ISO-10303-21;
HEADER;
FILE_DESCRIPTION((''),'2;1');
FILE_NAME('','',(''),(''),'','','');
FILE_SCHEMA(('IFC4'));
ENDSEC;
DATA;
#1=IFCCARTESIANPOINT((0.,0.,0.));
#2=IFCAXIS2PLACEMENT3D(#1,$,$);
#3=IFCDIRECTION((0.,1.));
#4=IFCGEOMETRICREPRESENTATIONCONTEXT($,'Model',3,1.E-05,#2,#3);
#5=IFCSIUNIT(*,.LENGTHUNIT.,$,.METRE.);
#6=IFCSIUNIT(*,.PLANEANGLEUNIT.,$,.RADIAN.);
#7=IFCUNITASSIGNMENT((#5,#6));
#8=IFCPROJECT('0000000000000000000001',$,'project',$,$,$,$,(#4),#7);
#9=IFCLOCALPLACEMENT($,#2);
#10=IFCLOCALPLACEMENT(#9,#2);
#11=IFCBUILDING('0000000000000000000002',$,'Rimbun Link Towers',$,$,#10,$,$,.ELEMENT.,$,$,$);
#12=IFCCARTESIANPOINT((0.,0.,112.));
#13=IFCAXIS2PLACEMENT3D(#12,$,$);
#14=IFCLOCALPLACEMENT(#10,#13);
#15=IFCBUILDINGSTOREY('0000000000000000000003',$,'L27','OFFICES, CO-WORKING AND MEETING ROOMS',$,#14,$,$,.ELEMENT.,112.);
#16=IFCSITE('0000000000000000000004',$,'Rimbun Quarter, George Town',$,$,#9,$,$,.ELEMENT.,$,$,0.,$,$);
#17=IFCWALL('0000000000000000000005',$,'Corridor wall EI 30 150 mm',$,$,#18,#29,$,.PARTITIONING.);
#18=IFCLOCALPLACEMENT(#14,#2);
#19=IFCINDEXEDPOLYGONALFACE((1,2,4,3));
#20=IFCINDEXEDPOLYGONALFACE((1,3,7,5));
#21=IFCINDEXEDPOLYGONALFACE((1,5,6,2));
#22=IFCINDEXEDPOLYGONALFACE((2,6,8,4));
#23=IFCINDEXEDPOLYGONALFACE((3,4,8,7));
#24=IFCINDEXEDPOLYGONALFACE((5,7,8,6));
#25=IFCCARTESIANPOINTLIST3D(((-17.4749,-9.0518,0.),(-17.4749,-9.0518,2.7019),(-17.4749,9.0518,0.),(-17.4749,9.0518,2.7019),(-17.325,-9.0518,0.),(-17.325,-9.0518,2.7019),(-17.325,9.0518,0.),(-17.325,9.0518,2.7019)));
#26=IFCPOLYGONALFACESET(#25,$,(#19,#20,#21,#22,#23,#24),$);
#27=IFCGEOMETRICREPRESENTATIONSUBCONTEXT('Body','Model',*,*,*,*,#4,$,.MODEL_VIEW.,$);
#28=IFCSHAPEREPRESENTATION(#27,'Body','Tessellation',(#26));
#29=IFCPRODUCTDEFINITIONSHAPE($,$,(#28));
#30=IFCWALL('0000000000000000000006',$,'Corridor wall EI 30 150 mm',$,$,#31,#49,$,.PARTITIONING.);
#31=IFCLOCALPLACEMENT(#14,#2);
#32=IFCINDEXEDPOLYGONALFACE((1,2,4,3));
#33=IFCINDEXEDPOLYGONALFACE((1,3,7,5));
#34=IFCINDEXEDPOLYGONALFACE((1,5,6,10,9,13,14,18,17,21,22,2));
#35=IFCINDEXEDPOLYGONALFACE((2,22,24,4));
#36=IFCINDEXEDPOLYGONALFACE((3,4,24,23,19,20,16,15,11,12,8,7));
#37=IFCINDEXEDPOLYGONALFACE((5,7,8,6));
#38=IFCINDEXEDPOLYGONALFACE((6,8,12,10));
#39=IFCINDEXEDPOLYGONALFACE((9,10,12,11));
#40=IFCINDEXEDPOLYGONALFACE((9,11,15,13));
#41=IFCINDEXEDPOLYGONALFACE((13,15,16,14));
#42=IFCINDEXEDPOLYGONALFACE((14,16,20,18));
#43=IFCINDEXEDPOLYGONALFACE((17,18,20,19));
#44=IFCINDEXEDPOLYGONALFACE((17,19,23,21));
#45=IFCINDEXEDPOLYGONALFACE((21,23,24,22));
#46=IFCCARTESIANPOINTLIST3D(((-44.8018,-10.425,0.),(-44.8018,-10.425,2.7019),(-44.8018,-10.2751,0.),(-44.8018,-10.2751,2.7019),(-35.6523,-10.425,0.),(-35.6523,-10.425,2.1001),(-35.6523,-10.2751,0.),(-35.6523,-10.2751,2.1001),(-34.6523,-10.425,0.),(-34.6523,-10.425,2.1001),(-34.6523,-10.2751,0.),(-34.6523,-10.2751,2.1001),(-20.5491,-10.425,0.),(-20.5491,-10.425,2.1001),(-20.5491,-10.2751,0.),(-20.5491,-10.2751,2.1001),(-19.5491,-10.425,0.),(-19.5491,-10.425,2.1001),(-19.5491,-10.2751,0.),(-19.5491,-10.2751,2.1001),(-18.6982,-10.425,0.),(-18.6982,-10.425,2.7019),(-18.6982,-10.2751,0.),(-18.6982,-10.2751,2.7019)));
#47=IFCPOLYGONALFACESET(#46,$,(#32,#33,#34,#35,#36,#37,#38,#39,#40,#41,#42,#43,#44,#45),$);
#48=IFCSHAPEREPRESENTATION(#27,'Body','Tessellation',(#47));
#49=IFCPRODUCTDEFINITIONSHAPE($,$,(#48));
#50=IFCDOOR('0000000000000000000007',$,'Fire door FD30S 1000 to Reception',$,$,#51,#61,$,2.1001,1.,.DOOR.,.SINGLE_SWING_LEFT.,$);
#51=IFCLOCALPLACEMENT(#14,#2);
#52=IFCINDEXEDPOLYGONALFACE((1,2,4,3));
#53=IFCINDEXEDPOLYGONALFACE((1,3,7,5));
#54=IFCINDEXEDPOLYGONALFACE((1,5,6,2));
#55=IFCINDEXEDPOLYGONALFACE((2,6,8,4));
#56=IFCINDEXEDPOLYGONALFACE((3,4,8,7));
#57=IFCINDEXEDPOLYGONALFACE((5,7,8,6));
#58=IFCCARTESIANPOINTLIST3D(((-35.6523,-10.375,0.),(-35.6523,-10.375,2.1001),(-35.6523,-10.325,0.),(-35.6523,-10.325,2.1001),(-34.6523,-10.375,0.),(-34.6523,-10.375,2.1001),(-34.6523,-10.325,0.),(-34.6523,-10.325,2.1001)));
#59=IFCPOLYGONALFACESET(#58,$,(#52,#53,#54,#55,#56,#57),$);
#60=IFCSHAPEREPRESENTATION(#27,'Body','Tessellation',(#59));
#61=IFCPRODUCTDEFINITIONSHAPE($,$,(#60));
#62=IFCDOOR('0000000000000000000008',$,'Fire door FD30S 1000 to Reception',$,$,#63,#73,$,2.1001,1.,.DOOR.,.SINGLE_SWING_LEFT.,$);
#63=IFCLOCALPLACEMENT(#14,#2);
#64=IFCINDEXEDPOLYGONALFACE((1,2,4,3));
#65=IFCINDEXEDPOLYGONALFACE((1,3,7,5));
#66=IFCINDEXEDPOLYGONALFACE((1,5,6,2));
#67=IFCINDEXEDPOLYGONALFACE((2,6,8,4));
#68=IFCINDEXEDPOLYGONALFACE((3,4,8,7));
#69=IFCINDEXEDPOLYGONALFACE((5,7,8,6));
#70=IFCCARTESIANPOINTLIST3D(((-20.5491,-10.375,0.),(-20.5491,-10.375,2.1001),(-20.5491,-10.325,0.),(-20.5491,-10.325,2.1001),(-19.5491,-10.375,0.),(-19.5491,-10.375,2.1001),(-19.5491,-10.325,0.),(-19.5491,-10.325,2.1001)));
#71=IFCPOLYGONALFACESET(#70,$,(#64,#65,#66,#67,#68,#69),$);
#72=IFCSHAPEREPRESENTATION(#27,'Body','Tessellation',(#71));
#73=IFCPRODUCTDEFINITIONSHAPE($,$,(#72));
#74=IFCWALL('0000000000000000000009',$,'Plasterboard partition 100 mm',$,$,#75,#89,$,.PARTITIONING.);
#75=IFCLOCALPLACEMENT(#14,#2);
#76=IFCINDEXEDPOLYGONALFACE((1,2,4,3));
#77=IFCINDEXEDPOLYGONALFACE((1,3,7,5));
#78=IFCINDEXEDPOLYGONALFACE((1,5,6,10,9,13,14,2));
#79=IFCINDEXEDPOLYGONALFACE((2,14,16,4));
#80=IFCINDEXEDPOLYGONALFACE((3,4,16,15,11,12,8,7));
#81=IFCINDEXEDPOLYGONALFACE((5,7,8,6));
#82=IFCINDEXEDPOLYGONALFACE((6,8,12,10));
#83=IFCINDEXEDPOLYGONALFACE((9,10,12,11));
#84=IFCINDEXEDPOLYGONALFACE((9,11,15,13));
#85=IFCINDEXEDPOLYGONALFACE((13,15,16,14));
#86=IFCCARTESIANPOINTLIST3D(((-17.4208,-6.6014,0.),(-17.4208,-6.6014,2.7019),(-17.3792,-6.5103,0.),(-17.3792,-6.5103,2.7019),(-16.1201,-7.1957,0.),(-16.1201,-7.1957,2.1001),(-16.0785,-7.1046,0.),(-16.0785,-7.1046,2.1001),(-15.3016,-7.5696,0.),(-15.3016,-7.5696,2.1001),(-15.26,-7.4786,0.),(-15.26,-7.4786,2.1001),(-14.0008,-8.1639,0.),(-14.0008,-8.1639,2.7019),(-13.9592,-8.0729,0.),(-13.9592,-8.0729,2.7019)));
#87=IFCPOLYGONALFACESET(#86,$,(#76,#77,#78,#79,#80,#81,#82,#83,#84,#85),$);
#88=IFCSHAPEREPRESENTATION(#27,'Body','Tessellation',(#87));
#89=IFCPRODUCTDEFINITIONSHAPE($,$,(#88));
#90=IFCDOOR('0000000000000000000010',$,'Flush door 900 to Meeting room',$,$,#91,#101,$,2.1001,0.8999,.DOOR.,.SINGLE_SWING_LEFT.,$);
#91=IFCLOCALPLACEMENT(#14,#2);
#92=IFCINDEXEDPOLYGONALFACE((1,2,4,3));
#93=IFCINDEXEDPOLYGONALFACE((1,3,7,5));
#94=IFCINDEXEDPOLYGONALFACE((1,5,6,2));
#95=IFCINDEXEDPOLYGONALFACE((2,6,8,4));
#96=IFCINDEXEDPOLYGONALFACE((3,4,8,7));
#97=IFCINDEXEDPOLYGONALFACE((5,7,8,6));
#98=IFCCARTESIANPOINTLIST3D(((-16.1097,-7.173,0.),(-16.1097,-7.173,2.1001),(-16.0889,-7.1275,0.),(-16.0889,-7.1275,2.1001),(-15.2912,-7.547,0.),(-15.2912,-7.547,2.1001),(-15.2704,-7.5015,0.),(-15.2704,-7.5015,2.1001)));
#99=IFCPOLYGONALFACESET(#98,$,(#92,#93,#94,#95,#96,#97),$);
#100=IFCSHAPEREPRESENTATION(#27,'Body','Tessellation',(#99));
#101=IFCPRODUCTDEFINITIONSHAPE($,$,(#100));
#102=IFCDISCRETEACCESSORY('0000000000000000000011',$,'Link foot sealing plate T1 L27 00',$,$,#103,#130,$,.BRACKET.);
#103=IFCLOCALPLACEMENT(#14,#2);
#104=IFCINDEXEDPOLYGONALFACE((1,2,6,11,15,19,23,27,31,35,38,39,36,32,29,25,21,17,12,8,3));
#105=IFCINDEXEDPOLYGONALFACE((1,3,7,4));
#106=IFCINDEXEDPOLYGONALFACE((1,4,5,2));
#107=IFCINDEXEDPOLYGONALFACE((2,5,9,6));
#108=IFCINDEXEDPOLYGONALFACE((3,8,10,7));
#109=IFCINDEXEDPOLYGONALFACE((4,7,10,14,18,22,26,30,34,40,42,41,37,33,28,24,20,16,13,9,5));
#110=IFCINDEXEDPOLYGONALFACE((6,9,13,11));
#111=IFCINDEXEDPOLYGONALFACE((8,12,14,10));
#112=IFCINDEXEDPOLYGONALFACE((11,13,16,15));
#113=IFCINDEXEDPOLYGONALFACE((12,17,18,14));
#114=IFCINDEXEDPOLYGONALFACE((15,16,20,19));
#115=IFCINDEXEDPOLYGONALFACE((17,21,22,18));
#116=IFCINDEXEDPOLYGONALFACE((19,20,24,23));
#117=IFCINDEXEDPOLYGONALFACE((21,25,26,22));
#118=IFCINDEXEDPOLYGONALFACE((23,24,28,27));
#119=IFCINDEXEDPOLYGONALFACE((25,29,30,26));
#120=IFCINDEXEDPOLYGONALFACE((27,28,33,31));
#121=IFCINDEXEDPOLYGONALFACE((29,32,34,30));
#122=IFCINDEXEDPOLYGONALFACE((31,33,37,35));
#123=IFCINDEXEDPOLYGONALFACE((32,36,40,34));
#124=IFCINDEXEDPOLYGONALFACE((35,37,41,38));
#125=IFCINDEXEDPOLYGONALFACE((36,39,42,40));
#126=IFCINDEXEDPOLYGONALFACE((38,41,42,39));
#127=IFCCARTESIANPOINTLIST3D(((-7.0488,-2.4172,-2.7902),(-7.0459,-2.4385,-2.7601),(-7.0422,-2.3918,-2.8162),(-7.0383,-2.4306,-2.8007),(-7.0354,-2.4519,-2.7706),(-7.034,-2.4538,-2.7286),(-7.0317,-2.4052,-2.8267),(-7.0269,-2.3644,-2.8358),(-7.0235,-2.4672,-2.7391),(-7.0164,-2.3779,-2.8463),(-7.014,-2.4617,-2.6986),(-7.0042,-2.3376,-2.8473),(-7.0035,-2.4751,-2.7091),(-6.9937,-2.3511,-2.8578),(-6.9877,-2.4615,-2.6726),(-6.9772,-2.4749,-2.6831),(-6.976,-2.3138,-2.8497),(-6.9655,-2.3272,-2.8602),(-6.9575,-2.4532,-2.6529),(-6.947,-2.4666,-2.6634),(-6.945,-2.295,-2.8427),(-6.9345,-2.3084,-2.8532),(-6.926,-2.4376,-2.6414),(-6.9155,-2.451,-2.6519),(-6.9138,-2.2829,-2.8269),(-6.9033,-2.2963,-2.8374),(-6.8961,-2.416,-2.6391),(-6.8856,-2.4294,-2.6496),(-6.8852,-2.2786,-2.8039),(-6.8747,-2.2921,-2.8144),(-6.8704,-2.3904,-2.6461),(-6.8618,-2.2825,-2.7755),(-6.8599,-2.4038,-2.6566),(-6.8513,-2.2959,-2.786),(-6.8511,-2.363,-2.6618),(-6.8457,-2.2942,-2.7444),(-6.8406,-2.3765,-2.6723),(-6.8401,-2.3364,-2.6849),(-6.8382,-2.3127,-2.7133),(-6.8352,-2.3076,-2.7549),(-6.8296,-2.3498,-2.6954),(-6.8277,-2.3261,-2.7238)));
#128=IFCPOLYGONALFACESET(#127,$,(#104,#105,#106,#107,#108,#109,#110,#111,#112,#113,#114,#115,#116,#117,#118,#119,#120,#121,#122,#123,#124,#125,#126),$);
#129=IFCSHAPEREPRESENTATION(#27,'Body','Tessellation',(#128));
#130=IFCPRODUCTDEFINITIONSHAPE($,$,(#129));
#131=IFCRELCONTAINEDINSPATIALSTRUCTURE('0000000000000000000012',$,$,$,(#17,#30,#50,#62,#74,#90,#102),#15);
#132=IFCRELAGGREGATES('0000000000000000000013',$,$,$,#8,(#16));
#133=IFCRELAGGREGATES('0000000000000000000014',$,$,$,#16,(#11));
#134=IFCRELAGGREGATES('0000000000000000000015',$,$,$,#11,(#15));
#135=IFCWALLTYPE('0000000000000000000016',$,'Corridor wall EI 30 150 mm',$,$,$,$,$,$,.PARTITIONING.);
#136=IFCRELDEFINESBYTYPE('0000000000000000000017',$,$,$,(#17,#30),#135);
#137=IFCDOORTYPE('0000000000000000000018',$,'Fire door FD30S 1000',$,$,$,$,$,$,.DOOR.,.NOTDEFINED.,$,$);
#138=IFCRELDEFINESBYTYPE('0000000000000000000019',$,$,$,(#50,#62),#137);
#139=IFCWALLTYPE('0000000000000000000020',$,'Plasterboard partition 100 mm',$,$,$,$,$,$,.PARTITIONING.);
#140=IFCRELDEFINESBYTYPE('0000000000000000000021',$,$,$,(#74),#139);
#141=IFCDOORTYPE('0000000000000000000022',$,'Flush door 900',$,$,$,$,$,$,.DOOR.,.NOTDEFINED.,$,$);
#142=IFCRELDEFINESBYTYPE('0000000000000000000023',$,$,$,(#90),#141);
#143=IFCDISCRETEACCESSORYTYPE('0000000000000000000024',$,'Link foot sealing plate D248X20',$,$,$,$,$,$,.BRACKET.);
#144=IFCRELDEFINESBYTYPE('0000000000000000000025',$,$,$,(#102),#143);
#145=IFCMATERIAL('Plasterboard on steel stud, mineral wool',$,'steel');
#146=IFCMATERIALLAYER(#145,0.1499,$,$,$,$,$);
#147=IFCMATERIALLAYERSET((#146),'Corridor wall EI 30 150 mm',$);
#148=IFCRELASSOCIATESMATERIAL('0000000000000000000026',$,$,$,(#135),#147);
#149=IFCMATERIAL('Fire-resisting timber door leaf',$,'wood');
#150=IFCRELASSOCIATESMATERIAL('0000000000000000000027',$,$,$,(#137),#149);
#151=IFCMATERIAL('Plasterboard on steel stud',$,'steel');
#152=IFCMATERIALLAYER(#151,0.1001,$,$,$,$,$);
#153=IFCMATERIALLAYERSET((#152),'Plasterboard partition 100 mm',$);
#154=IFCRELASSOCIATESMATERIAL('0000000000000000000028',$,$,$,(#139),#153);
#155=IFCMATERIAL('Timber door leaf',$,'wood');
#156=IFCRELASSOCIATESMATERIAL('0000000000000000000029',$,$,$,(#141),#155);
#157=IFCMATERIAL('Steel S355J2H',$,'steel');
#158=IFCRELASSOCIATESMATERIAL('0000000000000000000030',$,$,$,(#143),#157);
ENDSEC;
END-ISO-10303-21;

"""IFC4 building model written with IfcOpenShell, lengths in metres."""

from ifc_helpers import new_model, si_unit, direction, frame, frame_2d, origin, origin_2d, place, context, subcontext, project, spatial, rectangle, circle, extrude, material, layer, layer_set, material_profile, profile_set, type_object, element, fill, save


model = new_model("IFC4")

# Units and contexts
model_context = context("Model", 3, precision=1e-05, world=origin(), true_north=direction((0.0, 1.0)))
body_context = subcontext(model_context, "Body", "Model", "MODEL_VIEW")
ifc_project = project(units=[si_unit("LENGTHUNIT", "METRE"), si_unit("PLANEANGLEUNIT", "RADIAN")], contexts=[model_context])

# Site, building, storey
site_placement = place(None, origin())
site = spatial("IfcSite", under=ifc_project, at=site_placement, Name="Rimbun Quarter, George Town", CompositionType="ELEMENT", RefElevation=0.0)
building_placement = place(site_placement, origin())
building = spatial("IfcBuilding", under=site, at=building_placement, Name="Rimbun Link Towers", CompositionType="ELEMENT")
storey_placement = place(building_placement, frame((0.0, 0.0, 112.0)))
storey = spatial("IfcBuildingStorey", under=building, at=storey_placement, Name="L27", Description="OFFICES, CO-WORKING AND MEETING ROOMS", CompositionType="ELEMENT", Elevation=112.0)

# Wall
ifc_material_1 = material(Name="Plasterboard on steel stud, mineral wool", Category="steel")
ifc_layer_1 = layer(ifc_material_1, 0.1499)
ifc_layer_set_1 = layer_set([ifc_layer_1], Name="Corridor wall EI 30 150 mm")
wall_type_1 = type_object("IfcWallType", Name="Corridor wall EI 30 150 mm", PredefinedType="PARTITIONING", material=ifc_layer_set_1)
wall_1_placement = place(storey_placement, frame((-17.3999, -9.0518, 0.0), z_axis=(0.0, 0.0, 1.0), x_axis=(0.0, 1.0, 0.0)))
element("IfcWall", 1, at=wall_1_placement, inside=storey, type_object=wall_type_1, Name="Corridor wall EI 30 150 mm", PredefinedType="PARTITIONING", context=body_context, shape_type="SweptSolid", body=[
    extrude(rectangle(XDim=18.1035, YDim=0.1499, at=frame_2d((9.0518, 0.0))), origin(), (0.0, 0.0, 1.0), 2.7019),
])

# Wall, openings, doors
wall_2_placement = place(storey_placement, frame((-18.6982, -10.3501, 0.0), z_axis=(0.0, 0.0, 1.0), x_axis=(-1.0, 0.0, 0.0)))
wall_2 = element("IfcWall", 2, at=wall_2_placement, inside=storey, type_object=wall_type_1, Name="Corridor wall EI 30 150 mm", PredefinedType="PARTITIONING", context=body_context, shape_type="SweptSolid", body=[
    extrude(rectangle(XDim=26.1035, YDim=0.1499, at=frame_2d((13.0518, 0.0))), origin(), (0.0, 0.0, 1.0), 2.7019),
])
opening_1_placement = place(wall_2_placement, frame((15.9541, 0.0, 0.0)))
opening_1 = element("IfcOpeningElement", 3, at=opening_1_placement, cuts=wall_2, PredefinedType="OPENING", context=body_context, shape_type="SweptSolid", body=[
    extrude(rectangle(XDim=1.0, YDim=2.1001, at=frame_2d((0.5, 1.05))), frame((0.0, 0.085, 0.0), z_axis=(0.0, -1.0, 0.0), x_axis=(1.0, 0.0, 0.0)), (0.0, 0.0, 1.0), 0.1699),
])
opening_2_placement = place(wall_2_placement, frame((0.8508, 0.0, 0.0)))
opening_2 = element("IfcOpeningElement", 4, at=opening_2_placement, cuts=wall_2, PredefinedType="OPENING", context=body_context, shape_type="SweptSolid", body=[
    extrude(rectangle(XDim=1.0, YDim=2.1001, at=frame_2d((0.5, 1.05))), frame((0.0, 0.085, 0.0), z_axis=(0.0, -1.0, 0.0), x_axis=(1.0, 0.0, 0.0)), (0.0, 0.0, 1.0), 0.1699),
])
ifc_material_2 = material(Name="Fire-resisting timber door leaf", Category="wood")
door_type_1 = type_object("IfcDoorType", Name="Fire door FD30S 1000", OperationType="NOTDEFINED", PredefinedType="DOOR", material=ifc_material_2)
door_1_placement = place(opening_1_placement, origin())
door_1 = element("IfcDoor", 5, at=door_1_placement, inside=storey, type_object=door_type_1, Name="Fire door FD30S 1000 to Reception", OperationType="SINGLE_SWING_LEFT", OverallHeight=2.1001, OverallWidth=1.0, PredefinedType="DOOR", context=body_context, shape_type="SweptSolid", body=[
    extrude(rectangle(XDim=1.0, YDim=2.1001, at=frame_2d((0.5, 1.05))), frame((0.0, 0.0249, 0.0), z_axis=(0.0, -1.0, 0.0), x_axis=(1.0, 0.0, 0.0)), (0.0, 0.0, 1.0), 0.05),
])
fill(opening_1, door_1)
door_2_placement = place(opening_2_placement, origin())
door_2 = element("IfcDoor", 6, at=door_2_placement, inside=storey, type_object=door_type_1, Name="Fire door FD30S 1000 to Reception", OperationType="SINGLE_SWING_LEFT", OverallHeight=2.1001, OverallWidth=1.0, PredefinedType="DOOR", context=body_context, shape_type="SweptSolid", body=[
    extrude(rectangle(XDim=1.0, YDim=2.1001, at=frame_2d((0.5, 1.05))), frame((0.0, 0.0249, 0.0), z_axis=(0.0, -1.0, 0.0), x_axis=(1.0, 0.0, 0.0)), (0.0, 0.0, 1.0), 0.05),
])
fill(opening_2, door_2)

# Wall, opening, door
ifc_material_3 = material(Name="Plasterboard on steel stud", Category="steel")
ifc_layer_2 = layer(ifc_material_3, 0.1001)
ifc_layer_set_2 = layer_set([ifc_layer_2], Name="Plasterboard partition 100 mm")
wall_type_2 = type_object("IfcWallType", Name="Plasterboard partition 100 mm", PredefinedType="PARTITIONING", material=ifc_layer_set_2)
wall_3_placement = place(storey_placement, frame((-17.3999, -6.5559, 0.0), z_axis=(0.0, 0.0, 1.0), x_axis=(0.909564, -0.415563, 0.0)))
wall_3 = element("IfcWall", 7, at=wall_3_placement, inside=storey, type_object=wall_type_2, Name="Plasterboard partition 100 mm", PredefinedType="PARTITIONING", context=body_context, shape_type="SweptSolid", body=[
    extrude(rectangle(XDim=3.76, YDim=0.1001, at=frame_2d((1.8799, 0.0))), origin(), (0.0, 0.0, 1.0), 2.7019),
])
opening_3_placement = place(wall_3_placement, frame((1.4299, 0.0, 0.0)))
opening_3 = element("IfcOpeningElement", 8, at=opening_3_placement, cuts=wall_3, PredefinedType="OPENING", context=body_context, shape_type="SweptSolid", body=[
    extrude(rectangle(XDim=0.8999, YDim=2.1001, at=frame_2d((0.45, 1.05))), frame((0.0, 0.0601, 0.0), z_axis=(0.0, -1.0, 0.0), x_axis=(1.0, 0.0, 0.0)), (0.0, 0.0, 1.0), 0.1201),
])
ifc_material_4 = material(Name="Timber door leaf", Category="wood")
door_type_2 = type_object("IfcDoorType", Name="Flush door 900", OperationType="NOTDEFINED", PredefinedType="DOOR", material=ifc_material_4)
door_3_placement = place(opening_3_placement, origin())
door_3 = element("IfcDoor", 9, at=door_3_placement, inside=storey, type_object=door_type_2, Name="Flush door 900 to Meeting room", OperationType="SINGLE_SWING_LEFT", OverallHeight=2.1001, OverallWidth=0.8999, PredefinedType="DOOR", context=body_context, shape_type="SweptSolid", body=[
    extrude(rectangle(XDim=0.8999, YDim=2.1001, at=frame_2d((0.45, 1.05))), frame((0.0, 0.0249, 0.0), z_axis=(0.0, -1.0, 0.0), x_axis=(1.0, 0.0, 0.0)), (0.0, 0.0, 1.0), 0.05),
])
fill(opening_3, door_3)

# Discrete accessory
ifc_material_5 = material(Name="Steel S355J2H", Category="steel")
ifc_material_profile_1 = material_profile(ifc_material_5, circle(Radius=0.124, at=origin_2d()), Name="PL D248")
ifc_profile_set_1 = profile_set([ifc_material_profile_1], Name="Steel S355J2H")
discrete_accessory_type = type_object("IfcDiscreteAccessoryType", Name="Link foot sealing plate D248X20", PredefinedType="BRACKET", material=ifc_profile_set_1)
discrete_accessory_placement = place(storey_placement, frame((-6.9434, -2.3706, -2.7444), z_axis=(0.524429, -0.670782, -0.524429), x_axis=(0.787807, 0.615922, 0.0)))
element("IfcDiscreteAccessory", 10, at=discrete_accessory_placement, inside=storey, type_object=discrete_accessory_type, Name="Link foot sealing plate T1 L27 00", PredefinedType="BRACKET", context=body_context, shape_type="SweptSolid", body=[
    extrude(circle(Radius=0.124, at=origin_2d()), origin(), (0.0, 0.0, 1.0), 0.02),
])

save(model, "model.ifc")
